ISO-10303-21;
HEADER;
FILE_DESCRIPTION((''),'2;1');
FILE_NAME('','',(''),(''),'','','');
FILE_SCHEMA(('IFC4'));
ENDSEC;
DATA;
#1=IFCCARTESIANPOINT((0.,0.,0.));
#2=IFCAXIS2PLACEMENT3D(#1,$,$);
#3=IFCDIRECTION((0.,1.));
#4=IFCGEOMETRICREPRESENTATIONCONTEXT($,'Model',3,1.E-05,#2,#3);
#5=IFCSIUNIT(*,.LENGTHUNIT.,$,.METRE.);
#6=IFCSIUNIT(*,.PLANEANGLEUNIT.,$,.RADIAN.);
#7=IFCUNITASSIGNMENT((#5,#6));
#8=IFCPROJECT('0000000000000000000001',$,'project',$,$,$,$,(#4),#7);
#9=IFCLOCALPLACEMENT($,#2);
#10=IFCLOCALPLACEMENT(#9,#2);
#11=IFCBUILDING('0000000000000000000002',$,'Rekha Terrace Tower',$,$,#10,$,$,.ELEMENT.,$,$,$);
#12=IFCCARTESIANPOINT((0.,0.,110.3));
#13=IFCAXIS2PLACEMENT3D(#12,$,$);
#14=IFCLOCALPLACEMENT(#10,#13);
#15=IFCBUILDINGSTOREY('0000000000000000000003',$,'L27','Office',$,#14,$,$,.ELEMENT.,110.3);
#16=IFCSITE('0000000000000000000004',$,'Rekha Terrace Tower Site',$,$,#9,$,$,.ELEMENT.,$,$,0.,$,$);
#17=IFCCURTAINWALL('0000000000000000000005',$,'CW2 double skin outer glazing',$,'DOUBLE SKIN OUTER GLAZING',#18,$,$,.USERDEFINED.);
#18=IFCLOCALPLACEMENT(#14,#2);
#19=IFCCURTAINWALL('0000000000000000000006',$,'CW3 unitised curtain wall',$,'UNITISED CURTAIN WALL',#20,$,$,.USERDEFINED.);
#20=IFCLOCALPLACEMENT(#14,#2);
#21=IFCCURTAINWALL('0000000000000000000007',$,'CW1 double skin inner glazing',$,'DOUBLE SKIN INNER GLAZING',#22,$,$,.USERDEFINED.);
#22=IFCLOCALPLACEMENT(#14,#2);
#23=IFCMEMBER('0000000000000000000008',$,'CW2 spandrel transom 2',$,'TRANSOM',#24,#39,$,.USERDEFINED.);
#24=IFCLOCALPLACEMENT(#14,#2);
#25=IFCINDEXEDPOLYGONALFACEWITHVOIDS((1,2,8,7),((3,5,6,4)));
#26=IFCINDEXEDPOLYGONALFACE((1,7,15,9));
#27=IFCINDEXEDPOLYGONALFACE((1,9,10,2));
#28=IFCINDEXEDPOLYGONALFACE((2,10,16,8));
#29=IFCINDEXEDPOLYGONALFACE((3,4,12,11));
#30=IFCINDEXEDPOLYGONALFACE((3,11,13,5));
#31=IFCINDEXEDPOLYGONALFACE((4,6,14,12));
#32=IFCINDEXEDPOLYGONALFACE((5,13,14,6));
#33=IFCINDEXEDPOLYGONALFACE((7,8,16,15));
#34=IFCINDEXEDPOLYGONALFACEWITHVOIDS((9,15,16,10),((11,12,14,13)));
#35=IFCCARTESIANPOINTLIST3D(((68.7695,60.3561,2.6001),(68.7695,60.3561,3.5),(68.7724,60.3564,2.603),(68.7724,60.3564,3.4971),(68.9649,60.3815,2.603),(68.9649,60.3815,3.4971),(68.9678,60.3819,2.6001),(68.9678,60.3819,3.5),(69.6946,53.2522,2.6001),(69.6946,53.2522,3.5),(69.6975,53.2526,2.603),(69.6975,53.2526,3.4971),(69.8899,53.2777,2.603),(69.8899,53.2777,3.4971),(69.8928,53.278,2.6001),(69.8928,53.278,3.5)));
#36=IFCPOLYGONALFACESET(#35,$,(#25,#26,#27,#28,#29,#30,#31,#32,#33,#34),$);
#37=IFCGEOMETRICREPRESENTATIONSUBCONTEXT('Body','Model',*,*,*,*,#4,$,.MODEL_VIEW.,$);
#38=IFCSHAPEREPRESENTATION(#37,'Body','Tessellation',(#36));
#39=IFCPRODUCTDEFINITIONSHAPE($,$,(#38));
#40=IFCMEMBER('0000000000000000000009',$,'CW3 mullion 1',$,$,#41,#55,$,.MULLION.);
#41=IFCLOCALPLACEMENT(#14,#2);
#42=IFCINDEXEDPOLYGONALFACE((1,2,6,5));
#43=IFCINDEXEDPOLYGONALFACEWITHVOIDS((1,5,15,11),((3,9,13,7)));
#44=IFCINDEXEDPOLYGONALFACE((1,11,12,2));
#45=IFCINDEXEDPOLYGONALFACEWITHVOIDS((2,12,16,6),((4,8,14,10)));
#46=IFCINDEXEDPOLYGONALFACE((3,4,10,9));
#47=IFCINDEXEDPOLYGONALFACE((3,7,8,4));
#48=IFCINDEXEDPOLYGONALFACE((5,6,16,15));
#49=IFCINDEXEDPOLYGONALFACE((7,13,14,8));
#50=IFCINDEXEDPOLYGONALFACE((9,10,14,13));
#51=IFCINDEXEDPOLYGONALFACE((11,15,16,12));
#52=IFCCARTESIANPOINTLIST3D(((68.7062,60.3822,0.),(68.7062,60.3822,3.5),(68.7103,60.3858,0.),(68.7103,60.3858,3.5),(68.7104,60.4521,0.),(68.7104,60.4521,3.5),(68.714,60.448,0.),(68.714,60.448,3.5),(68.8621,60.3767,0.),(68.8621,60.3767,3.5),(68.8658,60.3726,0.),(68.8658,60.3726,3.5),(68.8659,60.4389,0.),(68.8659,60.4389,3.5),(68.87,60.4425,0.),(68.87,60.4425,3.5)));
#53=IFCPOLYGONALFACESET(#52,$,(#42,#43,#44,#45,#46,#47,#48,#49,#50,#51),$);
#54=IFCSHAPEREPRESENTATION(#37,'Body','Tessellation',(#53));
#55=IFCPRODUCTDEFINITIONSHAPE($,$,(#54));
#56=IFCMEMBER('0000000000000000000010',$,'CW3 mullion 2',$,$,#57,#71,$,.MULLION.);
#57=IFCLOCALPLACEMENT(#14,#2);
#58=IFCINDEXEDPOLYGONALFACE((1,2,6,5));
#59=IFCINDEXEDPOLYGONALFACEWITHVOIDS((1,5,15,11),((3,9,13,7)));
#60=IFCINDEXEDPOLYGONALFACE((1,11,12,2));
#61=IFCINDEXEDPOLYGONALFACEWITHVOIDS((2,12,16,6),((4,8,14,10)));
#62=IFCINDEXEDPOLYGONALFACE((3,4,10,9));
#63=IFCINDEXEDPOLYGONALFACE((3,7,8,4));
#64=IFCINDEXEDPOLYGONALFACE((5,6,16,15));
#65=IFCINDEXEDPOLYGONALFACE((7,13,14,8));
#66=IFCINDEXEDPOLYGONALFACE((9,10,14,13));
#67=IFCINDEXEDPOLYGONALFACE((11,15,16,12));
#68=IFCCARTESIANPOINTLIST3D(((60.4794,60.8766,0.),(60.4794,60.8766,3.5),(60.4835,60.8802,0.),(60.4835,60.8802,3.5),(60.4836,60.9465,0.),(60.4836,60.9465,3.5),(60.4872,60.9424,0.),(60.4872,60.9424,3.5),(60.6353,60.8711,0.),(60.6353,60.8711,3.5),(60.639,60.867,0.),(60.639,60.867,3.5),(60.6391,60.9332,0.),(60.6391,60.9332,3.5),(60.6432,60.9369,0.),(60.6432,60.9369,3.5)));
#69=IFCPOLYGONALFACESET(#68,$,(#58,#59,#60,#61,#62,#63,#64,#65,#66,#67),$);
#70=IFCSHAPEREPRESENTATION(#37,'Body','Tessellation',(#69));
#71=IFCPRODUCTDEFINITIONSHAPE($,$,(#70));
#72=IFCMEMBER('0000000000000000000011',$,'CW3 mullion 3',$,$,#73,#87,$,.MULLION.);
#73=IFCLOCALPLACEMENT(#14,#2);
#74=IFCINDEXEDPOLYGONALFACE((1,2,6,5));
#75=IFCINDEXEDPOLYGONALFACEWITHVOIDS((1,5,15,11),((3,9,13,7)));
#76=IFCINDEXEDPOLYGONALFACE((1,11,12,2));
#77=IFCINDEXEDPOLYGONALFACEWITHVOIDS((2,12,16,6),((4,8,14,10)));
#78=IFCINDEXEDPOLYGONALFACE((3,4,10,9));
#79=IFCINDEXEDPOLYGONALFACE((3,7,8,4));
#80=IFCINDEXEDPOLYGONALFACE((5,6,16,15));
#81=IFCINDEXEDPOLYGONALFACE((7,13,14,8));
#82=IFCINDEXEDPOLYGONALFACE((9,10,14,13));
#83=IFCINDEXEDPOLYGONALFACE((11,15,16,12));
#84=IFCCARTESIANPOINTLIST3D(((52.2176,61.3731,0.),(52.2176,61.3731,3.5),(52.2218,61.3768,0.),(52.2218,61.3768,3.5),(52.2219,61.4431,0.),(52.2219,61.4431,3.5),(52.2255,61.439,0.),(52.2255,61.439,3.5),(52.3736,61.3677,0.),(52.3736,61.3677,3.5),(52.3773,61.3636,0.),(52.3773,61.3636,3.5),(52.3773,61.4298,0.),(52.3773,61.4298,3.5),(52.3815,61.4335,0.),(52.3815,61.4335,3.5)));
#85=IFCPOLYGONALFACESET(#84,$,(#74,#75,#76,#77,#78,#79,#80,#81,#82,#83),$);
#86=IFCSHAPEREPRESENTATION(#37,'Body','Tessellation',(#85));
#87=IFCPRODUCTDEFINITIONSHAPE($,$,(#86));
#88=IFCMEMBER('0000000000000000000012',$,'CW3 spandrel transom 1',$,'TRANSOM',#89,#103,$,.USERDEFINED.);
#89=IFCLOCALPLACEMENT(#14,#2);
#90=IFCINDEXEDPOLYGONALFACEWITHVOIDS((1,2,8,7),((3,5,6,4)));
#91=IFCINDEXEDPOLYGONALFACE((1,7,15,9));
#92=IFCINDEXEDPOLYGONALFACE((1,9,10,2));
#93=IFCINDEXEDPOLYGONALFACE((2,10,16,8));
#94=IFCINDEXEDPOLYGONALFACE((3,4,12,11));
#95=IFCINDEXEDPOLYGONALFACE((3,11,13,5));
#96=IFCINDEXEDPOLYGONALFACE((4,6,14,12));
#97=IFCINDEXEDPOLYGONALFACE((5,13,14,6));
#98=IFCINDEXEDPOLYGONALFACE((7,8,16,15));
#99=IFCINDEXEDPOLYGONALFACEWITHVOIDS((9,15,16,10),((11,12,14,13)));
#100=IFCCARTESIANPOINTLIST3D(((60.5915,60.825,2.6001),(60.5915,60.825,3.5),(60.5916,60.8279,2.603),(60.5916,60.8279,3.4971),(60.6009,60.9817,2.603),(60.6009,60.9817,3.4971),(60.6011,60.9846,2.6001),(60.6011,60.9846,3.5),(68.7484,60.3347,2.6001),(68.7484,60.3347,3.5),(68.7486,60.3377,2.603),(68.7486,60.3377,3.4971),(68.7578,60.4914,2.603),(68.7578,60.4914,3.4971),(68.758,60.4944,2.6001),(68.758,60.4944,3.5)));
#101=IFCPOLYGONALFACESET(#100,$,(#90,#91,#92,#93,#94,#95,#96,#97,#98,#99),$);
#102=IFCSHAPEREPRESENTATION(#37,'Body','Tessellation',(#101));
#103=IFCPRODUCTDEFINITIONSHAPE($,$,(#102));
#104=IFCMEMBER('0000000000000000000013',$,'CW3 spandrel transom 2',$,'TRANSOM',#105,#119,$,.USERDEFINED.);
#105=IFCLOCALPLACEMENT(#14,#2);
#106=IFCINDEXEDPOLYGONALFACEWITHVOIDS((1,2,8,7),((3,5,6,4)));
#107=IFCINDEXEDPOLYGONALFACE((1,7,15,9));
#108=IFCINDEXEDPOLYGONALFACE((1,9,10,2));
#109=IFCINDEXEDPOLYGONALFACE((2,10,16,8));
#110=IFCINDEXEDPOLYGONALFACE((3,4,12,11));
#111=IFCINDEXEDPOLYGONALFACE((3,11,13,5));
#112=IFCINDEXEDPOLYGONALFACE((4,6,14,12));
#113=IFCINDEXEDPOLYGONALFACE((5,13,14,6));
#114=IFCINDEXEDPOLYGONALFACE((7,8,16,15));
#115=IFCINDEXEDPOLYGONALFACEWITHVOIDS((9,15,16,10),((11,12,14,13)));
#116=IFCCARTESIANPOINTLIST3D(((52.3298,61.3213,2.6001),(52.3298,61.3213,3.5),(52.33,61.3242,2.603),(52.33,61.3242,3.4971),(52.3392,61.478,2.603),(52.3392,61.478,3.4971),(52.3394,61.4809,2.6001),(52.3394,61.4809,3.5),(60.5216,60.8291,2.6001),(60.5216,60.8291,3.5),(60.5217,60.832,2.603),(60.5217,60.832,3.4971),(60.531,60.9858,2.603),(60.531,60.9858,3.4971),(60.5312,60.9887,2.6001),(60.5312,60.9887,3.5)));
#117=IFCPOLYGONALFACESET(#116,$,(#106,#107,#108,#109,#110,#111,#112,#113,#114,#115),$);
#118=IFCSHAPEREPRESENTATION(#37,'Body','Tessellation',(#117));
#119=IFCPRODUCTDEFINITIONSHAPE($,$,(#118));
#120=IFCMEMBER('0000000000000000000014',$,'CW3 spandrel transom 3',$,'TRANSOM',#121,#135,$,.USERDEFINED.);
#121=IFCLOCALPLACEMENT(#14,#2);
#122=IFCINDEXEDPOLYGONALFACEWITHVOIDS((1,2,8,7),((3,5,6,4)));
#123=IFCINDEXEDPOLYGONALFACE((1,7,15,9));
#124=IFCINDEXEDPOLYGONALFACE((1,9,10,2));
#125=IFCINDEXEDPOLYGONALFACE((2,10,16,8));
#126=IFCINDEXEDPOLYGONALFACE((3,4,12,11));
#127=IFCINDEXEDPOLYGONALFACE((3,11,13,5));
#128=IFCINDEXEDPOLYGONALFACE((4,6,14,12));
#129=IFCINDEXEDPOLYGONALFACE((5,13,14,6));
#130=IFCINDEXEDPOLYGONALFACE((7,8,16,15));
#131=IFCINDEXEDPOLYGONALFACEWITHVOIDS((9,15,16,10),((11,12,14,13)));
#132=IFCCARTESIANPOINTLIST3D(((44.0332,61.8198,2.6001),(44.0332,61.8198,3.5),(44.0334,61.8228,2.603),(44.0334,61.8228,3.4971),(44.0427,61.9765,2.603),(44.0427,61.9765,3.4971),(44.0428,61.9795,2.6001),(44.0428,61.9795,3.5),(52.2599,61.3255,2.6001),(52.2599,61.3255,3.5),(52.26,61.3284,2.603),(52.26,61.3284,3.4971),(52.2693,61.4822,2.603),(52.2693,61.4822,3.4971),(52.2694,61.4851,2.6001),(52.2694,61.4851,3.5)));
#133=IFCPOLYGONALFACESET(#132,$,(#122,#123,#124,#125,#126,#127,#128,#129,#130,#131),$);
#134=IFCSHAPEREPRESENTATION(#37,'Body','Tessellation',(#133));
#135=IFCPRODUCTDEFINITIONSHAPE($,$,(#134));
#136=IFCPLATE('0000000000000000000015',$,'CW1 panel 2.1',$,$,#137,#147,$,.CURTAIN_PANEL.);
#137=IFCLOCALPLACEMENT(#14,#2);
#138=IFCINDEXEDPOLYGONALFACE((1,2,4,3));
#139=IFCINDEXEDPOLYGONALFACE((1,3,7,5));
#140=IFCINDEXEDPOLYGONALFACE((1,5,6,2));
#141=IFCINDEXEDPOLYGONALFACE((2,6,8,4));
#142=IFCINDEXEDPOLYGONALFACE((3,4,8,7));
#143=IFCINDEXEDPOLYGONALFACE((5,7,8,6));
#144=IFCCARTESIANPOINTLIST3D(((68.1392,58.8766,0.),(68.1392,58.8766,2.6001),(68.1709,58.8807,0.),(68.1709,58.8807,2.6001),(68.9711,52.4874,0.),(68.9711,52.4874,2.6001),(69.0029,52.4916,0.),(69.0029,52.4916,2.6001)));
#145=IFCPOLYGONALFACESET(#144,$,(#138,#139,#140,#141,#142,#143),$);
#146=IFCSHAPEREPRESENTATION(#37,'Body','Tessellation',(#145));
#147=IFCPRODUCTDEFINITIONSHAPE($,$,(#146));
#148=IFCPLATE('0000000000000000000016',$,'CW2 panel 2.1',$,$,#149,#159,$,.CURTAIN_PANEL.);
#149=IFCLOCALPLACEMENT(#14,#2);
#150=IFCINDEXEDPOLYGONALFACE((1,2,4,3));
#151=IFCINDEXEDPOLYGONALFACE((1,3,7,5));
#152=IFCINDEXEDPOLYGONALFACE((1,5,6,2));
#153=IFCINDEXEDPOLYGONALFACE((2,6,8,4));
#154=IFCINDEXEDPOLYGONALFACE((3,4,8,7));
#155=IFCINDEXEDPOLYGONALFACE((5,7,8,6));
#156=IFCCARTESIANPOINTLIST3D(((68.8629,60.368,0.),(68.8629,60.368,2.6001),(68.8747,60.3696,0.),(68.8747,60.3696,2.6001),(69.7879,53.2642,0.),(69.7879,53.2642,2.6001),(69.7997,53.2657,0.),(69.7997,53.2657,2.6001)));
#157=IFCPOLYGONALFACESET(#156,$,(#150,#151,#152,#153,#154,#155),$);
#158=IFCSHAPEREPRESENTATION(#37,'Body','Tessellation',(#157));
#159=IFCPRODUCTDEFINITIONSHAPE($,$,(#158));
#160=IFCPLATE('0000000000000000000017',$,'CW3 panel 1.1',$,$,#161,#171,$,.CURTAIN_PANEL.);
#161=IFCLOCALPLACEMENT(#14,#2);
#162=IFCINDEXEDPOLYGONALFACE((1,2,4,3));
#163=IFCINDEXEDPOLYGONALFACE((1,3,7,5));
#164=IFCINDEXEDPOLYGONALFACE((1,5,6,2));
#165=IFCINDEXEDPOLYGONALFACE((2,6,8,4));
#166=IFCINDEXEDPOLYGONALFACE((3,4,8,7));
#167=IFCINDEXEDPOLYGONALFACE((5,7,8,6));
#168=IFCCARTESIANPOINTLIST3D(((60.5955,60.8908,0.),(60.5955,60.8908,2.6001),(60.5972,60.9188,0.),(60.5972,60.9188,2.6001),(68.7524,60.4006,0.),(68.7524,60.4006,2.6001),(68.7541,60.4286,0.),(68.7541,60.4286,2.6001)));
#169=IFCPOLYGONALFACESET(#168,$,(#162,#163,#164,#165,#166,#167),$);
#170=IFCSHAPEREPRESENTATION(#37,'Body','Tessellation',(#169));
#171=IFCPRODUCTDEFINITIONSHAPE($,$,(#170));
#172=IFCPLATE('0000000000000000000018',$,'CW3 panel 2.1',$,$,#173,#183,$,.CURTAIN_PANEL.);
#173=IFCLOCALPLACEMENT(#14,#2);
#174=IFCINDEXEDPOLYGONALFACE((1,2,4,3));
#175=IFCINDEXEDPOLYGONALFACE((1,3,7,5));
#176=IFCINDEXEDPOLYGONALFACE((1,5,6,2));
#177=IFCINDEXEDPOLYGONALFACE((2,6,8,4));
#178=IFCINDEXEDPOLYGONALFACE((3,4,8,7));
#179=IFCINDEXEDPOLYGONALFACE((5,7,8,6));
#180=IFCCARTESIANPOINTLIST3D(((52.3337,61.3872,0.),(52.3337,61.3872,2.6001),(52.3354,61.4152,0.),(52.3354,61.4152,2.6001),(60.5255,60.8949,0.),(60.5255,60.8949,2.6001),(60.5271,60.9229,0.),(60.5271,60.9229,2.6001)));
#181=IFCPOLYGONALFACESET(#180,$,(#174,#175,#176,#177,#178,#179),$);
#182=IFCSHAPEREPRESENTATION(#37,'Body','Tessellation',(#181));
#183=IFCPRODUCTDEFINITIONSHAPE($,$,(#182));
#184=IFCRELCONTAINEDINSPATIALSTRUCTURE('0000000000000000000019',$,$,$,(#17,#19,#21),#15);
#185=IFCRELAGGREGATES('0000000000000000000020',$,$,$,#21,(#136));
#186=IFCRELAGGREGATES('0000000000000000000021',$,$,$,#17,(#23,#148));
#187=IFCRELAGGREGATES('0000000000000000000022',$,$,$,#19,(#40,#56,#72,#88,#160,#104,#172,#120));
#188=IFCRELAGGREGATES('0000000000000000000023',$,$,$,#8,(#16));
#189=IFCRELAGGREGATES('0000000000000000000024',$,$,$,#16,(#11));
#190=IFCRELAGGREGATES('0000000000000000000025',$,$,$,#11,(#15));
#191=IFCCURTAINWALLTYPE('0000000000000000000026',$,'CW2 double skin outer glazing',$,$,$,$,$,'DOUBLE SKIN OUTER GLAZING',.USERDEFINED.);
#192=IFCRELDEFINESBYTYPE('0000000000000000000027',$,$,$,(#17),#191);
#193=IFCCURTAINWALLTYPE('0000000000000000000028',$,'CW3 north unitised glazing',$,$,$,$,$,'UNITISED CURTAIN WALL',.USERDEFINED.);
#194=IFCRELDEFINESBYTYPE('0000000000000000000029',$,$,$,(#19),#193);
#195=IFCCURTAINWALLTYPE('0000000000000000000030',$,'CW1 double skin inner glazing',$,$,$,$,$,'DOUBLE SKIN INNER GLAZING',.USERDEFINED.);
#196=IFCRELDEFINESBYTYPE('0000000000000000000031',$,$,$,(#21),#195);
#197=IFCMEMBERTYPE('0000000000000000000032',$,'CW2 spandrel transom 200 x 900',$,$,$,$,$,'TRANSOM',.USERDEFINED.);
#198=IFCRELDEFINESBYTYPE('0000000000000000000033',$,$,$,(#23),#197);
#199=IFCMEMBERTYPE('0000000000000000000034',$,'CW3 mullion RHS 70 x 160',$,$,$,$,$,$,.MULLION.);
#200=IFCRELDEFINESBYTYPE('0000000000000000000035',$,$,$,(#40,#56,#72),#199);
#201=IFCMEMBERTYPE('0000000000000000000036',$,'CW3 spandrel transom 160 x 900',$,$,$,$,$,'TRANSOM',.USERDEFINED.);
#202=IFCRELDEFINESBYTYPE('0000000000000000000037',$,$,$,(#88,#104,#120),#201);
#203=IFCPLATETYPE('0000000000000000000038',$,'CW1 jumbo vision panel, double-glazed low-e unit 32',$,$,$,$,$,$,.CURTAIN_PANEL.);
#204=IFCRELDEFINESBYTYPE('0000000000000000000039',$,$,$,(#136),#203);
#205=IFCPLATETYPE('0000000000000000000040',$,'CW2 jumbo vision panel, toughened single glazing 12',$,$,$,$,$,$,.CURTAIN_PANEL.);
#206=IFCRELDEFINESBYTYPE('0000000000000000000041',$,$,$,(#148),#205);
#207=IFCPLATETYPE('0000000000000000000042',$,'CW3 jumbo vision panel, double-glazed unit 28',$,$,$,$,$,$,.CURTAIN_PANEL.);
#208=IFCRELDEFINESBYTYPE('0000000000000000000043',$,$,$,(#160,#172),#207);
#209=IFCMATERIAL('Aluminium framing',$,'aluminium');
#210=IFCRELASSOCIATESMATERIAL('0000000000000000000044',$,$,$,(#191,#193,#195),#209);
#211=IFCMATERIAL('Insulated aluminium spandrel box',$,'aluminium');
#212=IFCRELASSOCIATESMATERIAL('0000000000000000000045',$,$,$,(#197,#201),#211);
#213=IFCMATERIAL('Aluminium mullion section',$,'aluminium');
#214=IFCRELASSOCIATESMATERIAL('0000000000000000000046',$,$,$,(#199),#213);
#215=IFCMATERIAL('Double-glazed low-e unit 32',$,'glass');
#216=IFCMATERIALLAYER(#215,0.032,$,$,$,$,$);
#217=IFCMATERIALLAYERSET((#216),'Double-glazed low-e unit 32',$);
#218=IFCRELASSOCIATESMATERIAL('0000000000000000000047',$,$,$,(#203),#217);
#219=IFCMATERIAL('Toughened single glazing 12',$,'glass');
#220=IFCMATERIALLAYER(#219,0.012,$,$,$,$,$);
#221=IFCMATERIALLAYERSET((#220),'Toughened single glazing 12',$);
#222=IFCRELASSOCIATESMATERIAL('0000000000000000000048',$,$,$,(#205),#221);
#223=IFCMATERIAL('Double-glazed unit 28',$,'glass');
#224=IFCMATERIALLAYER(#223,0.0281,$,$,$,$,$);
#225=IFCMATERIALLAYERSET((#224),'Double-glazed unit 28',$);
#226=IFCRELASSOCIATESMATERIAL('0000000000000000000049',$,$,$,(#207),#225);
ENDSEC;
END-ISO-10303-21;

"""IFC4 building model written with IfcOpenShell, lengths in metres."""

from ifc_helpers import new_model, si_unit, direction, frame, origin, origin_2d, place, context, subcontext, project, spatial, rectangle, hollow_rectangle, extrude, material, layer, layer_set, material_profile, profile_set, type_object, element, aggregate, save


model = new_model("IFC4")

# Units and contexts
model_context = context("Model", 3, precision=1e-05, world=origin(), true_north=direction((0.0, 1.0)))
body_context = subcontext(model_context, "Body", "Model", "MODEL_VIEW")
ifc_project = project(units=[si_unit("LENGTHUNIT", "METRE"), si_unit("PLANEANGLEUNIT", "RADIAN")], contexts=[model_context])

# Site, building, storey
site_placement = place(None, origin())
site = spatial("IfcSite", under=ifc_project, at=site_placement, Name="Rekha Terrace Tower Site", CompositionType="ELEMENT", RefElevation=0.0)
building_placement = place(site_placement, origin())
building = spatial("IfcBuilding", under=site, at=building_placement, Name="Rekha Terrace Tower", CompositionType="ELEMENT")
storey_placement = place(building_placement, frame((0.0, 0.0, 110.3)))
storey = spatial("IfcBuildingStorey", under=building, at=storey_placement, Name="L27", Description="Office", CompositionType="ELEMENT", Elevation=110.3)

# Curtain wall
ifc_material_1 = material(Name="Aluminium framing", Category="aluminium")
curtain_wall_type_1 = type_object("IfcCurtainWallType", Name="CW2 double skin outer glazing", ElementType="DOUBLE SKIN OUTER GLAZING", PredefinedType="USERDEFINED", material=ifc_material_1)
curtain_wall_1_placement = place(storey_placement, origin())
curtain_wall_1 = element("IfcCurtainWall", 1, at=curtain_wall_1_placement, inside=storey, type_object=curtain_wall_type_1, Name="CW2 double skin outer glazing", ObjectType="DOUBLE SKIN OUTER GLAZING", PredefinedType="USERDEFINED")

# Curtain walls
curtain_wall_type_2 = type_object("IfcCurtainWallType", Name="CW3 north unitised glazing", ElementType="UNITISED CURTAIN WALL", PredefinedType="USERDEFINED", material=ifc_material_1)
curtain_wall_2_placement = place(storey_placement, origin())
curtain_wall_2 = element("IfcCurtainWall", 2, at=curtain_wall_2_placement, inside=storey, type_object=curtain_wall_type_2, Name="CW3 unitised curtain wall", ObjectType="UNITISED CURTAIN WALL", PredefinedType="USERDEFINED")
curtain_wall_type_3 = type_object("IfcCurtainWallType", Name="CW1 double skin inner glazing", ElementType="DOUBLE SKIN INNER GLAZING", PredefinedType="USERDEFINED", material=ifc_material_1)
curtain_wall_3_placement = place(storey_placement, origin())
curtain_wall_3 = element("IfcCurtainWall", 3, at=curtain_wall_3_placement, inside=storey, type_object=curtain_wall_type_3, Name="CW1 double skin inner glazing", ObjectType="DOUBLE SKIN INNER GLAZING", PredefinedType="USERDEFINED")
ifc_material_2 = material(Name="Aluminium mullion section", Category="aluminium")
ifc_material_3 = material(Name="Insulated aluminium spandrel box", Category="aluminium")

# Members
ifc_material_profile_1 = material_profile(ifc_material_3, hollow_rectangle(XDim=0.2, YDim=0.8999, WallThickness=0.0029, at=origin_2d()), Name="AL SPANDREL BOX 200x900")
ifc_profile_set_1 = profile_set([ifc_material_profile_1], Name="Insulated aluminium spandrel box")
member_type_1 = type_object("IfcMemberType", Name="CW2 spandrel transom 200 x 900", ElementType="TRANSOM", PredefinedType="USERDEFINED", material=ifc_profile_set_1)
member_1_placement = place(storey_placement, frame((69.7937, 53.2651, 3.05), z_axis=(-0.129129, 0.991628, 0.0), x_axis=(-0.991628, -0.129129, 0.0)))
member_1 = element("IfcMember", 4, at=member_1_placement, type_object=member_type_1, Name="CW2 spandrel transom 2", ObjectType="TRANSOM", PredefinedType="USERDEFINED", context=body_context, shape_type="SweptSolid", body=[
    extrude(hollow_rectangle(XDim=0.2, YDim=0.8999, WallThickness=0.0029, at=origin_2d()), origin(), (0.0, 0.0, 1.0), 7.1638),
])
ifc_material_profile_2 = material_profile(ifc_material_2, hollow_rectangle(XDim=0.0701, YDim=0.1599, WallThickness=0.0039, at=origin_2d()), Name="AL RHS 70x160")
ifc_profile_set_2 = profile_set([ifc_material_profile_2], Name="Aluminium mullion section")
member_type_2 = type_object("IfcMemberType", Name="CW3 mullion RHS 70 x 160", PredefinedType="MULLION", material=ifc_profile_set_2)
member_2_placement = place(storey_placement, frame((68.7881, 60.4124, 0.0), z_axis=(0.0, 0.0, 1.0), x_axis=(-0.059988, -0.998199, 0.0)))
member_2 = element("IfcMember", 5, at=member_2_placement, type_object=member_type_2, Name="CW3 mullion 1", PredefinedType="MULLION", context=body_context, shape_type="SweptSolid", body=[
    extrude(hollow_rectangle(XDim=0.0701, YDim=0.1599, WallThickness=0.0039, at=origin_2d()), origin(), (0.0, 0.0, 1.0), 3.5),
])
member_3_placement = place(storey_placement, frame((60.5613, 60.9067, 0.0), z_axis=(0.0, 0.0, 1.0), x_axis=(-0.059988, -0.998199, 0.0)))
member_3 = element("IfcMember", 6, at=member_3_placement, type_object=member_type_2, Name="CW3 mullion 2", PredefinedType="MULLION", context=body_context, shape_type="SweptSolid", body=[
    extrude(hollow_rectangle(XDim=0.0701, YDim=0.1599, WallThickness=0.0039, at=origin_2d()), origin(), (0.0, 0.0, 1.0), 3.5),
])
member_4_placement = place(storey_placement, frame((52.2996, 61.4033, 0.0), z_axis=(0.0, 0.0, 1.0), x_axis=(-0.059988, -0.998199, 0.0)))
member_4 = element("IfcMember", 7, at=member_4_placement, type_object=member_type_2, Name="CW3 mullion 3", PredefinedType="MULLION", context=body_context, shape_type="SweptSolid", body=[
    extrude(hollow_rectangle(XDim=0.0701, YDim=0.1599, WallThickness=0.0039, at=origin_2d()), origin(), (0.0, 0.0, 1.0), 3.5),
])
ifc_material_profile_3 = material_profile(ifc_material_3, hollow_rectangle(XDim=0.1599, YDim=0.8999, WallThickness=0.0029, at=origin_2d()), Name="AL SPANDREL BOX 160x900")
ifc_profile_set_3 = profile_set([ifc_material_profile_3], Name="Insulated aluminium spandrel box")
member_type_3 = type_object("IfcMemberType", Name="CW3 spandrel transom 160 x 900", ElementType="TRANSOM", PredefinedType="USERDEFINED", material=ifc_profile_set_3)
member_5_placement = place(storey_placement, frame((68.7532, 60.4146, 3.05), z_axis=(-0.998199, 0.059992, 0.0), x_axis=(-0.059992, -0.998199, 0.0)))
member_5 = element("IfcMember", 8, at=member_5_placement, type_object=member_type_3, Name="CW3 spandrel transom 1", ObjectType="TRANSOM", PredefinedType="USERDEFINED", context=body_context, shape_type="SweptSolid", body=[
    extrude(hollow_rectangle(XDim=0.1599, YDim=0.8999, WallThickness=0.0029, at=origin_2d()), origin(), (0.0, 0.0, 1.0), 8.1716),
])
member_6_placement = place(storey_placement, frame((60.5264, 60.9089, 3.05), z_axis=(-0.9982, 0.059976, 0.0), x_axis=(-0.059976, -0.9982, 0.0)))
member_6 = element("IfcMember", 9, at=member_6_placement, type_object=member_type_3, Name="CW3 spandrel transom 2", ObjectType="TRANSOM", PredefinedType="USERDEFINED", context=body_context, shape_type="SweptSolid", body=[
    extrude(hollow_rectangle(XDim=0.1599, YDim=0.8999, WallThickness=0.0029, at=origin_2d()), origin(), (0.0, 0.0, 1.0), 8.2065),
])
member_7_placement = place(storey_placement, frame((52.2646, 61.4053, 3.05), z_axis=(-0.998199, 0.059988, 0.0), x_axis=(-0.059988, -0.998199, 0.0)))
member_7 = element("IfcMember", 10, at=member_7_placement, type_object=member_type_3, Name="CW3 spandrel transom 3", ObjectType="TRANSOM", PredefinedType="USERDEFINED", context=body_context, shape_type="SweptSolid", body=[
    extrude(hollow_rectangle(XDim=0.1599, YDim=0.8999, WallThickness=0.0029, at=origin_2d()), origin(), (0.0, 0.0, 1.0), 8.2415),
])

# Plates
ifc_material_4 = material(Name="Double-glazed low-e unit 32", Category="glass")
ifc_layer_1 = layer(ifc_material_4, 0.032)
ifc_layer_set_1 = layer_set([ifc_layer_1], Name="Double-glazed low-e unit 32")
plate_type_1 = type_object("IfcPlateType", Name="CW1 jumbo vision panel, double-glazed low-e unit 32", PredefinedType="CURTAIN_PANEL", material=ifc_layer_set_1)
plate_1_placement = place(storey_placement, frame((68.571, 55.6841, 0.0), z_axis=(0.0, 0.0, 1.0), x_axis=(-0.129118, 0.991629, 0.0)))
plate_1 = element("IfcPlate", 11, at=plate_1_placement, type_object=plate_type_1, Name="CW1 panel 2.1", PredefinedType="CURTAIN_PANEL", context=body_context, shape_type="SweptSolid", body=[
    extrude(rectangle(XDim=6.4431, YDim=0.032, at=origin_2d()), origin(), (0.0, 0.0, 1.0), 2.6001),
])
aggregate(curtain_wall_3, [plate_1])
ifc_material_5 = material(Name="Toughened single glazing 12", Category="glass")
ifc_layer_2 = layer(ifc_material_5, 0.012)
ifc_layer_set_2 = layer_set([ifc_layer_2], Name="Toughened single glazing 12")
plate_type_2 = type_object("IfcPlateType", Name="CW2 jumbo vision panel, toughened single glazing 12", PredefinedType="CURTAIN_PANEL", material=ifc_layer_set_2)
plate_2_placement = place(storey_placement, frame((69.3313, 56.8169, 0.0), z_axis=(0.0, 0.0, 1.0), x_axis=(-0.129118, 0.991629, 0.0)))
plate_2 = element("IfcPlate", 12, at=plate_2_placement, type_object=plate_type_2, Name="CW2 panel 2.1", PredefinedType="CURTAIN_PANEL", context=body_context, shape_type="SweptSolid", body=[
    extrude(rectangle(XDim=7.1638, YDim=0.012, at=origin_2d()), origin(), (0.0, 0.0, 1.0), 2.6001),
])
aggregate(curtain_wall_1, [member_1, plate_2])
ifc_material_6 = material(Name="Double-glazed unit 28", Category="glass")
ifc_layer_3 = layer(ifc_material_6, 0.0281)
ifc_layer_set_3 = layer_set([ifc_layer_3], Name="Double-glazed unit 28")
plate_type_3 = type_object("IfcPlateType", Name="CW3 jumbo vision panel, double-glazed unit 28", PredefinedType="CURTAIN_PANEL", material=ifc_layer_set_3)
plate_3_placement = place(storey_placement, frame((64.6748, 60.6597, 0.0), z_axis=(0.0, 0.0, 1.0), x_axis=(-0.998199, 0.059988, 0.0)))
plate_3 = element("IfcPlate", 13, at=plate_3_placement, type_object=plate_type_3, Name="CW3 panel 1.1", PredefinedType="CURTAIN_PANEL", context=body_context, shape_type="SweptSolid", body=[
    extrude(rectangle(XDim=8.1716, YDim=0.0281, at=origin_2d()), origin(), (0.0, 0.0, 1.0), 2.6001),
])
plate_4_placement = place(storey_placement, frame((56.4304, 61.155, 0.0), z_axis=(0.0, 0.0, 1.0), x_axis=(-0.998199, 0.059988, 0.0)))
plate_4 = element("IfcPlate", 14, at=plate_4_placement, type_object=plate_type_3, Name="CW3 panel 2.1", PredefinedType="CURTAIN_PANEL", context=body_context, shape_type="SweptSolid", body=[
    extrude(rectangle(XDim=8.2065, YDim=0.0281, at=origin_2d()), origin(), (0.0, 0.0, 1.0), 2.6001),
])
aggregate(curtain_wall_2, [member_2, member_3, member_4, member_5, plate_3, member_6, plate_4, member_7])

save(model, "model.ifc")
